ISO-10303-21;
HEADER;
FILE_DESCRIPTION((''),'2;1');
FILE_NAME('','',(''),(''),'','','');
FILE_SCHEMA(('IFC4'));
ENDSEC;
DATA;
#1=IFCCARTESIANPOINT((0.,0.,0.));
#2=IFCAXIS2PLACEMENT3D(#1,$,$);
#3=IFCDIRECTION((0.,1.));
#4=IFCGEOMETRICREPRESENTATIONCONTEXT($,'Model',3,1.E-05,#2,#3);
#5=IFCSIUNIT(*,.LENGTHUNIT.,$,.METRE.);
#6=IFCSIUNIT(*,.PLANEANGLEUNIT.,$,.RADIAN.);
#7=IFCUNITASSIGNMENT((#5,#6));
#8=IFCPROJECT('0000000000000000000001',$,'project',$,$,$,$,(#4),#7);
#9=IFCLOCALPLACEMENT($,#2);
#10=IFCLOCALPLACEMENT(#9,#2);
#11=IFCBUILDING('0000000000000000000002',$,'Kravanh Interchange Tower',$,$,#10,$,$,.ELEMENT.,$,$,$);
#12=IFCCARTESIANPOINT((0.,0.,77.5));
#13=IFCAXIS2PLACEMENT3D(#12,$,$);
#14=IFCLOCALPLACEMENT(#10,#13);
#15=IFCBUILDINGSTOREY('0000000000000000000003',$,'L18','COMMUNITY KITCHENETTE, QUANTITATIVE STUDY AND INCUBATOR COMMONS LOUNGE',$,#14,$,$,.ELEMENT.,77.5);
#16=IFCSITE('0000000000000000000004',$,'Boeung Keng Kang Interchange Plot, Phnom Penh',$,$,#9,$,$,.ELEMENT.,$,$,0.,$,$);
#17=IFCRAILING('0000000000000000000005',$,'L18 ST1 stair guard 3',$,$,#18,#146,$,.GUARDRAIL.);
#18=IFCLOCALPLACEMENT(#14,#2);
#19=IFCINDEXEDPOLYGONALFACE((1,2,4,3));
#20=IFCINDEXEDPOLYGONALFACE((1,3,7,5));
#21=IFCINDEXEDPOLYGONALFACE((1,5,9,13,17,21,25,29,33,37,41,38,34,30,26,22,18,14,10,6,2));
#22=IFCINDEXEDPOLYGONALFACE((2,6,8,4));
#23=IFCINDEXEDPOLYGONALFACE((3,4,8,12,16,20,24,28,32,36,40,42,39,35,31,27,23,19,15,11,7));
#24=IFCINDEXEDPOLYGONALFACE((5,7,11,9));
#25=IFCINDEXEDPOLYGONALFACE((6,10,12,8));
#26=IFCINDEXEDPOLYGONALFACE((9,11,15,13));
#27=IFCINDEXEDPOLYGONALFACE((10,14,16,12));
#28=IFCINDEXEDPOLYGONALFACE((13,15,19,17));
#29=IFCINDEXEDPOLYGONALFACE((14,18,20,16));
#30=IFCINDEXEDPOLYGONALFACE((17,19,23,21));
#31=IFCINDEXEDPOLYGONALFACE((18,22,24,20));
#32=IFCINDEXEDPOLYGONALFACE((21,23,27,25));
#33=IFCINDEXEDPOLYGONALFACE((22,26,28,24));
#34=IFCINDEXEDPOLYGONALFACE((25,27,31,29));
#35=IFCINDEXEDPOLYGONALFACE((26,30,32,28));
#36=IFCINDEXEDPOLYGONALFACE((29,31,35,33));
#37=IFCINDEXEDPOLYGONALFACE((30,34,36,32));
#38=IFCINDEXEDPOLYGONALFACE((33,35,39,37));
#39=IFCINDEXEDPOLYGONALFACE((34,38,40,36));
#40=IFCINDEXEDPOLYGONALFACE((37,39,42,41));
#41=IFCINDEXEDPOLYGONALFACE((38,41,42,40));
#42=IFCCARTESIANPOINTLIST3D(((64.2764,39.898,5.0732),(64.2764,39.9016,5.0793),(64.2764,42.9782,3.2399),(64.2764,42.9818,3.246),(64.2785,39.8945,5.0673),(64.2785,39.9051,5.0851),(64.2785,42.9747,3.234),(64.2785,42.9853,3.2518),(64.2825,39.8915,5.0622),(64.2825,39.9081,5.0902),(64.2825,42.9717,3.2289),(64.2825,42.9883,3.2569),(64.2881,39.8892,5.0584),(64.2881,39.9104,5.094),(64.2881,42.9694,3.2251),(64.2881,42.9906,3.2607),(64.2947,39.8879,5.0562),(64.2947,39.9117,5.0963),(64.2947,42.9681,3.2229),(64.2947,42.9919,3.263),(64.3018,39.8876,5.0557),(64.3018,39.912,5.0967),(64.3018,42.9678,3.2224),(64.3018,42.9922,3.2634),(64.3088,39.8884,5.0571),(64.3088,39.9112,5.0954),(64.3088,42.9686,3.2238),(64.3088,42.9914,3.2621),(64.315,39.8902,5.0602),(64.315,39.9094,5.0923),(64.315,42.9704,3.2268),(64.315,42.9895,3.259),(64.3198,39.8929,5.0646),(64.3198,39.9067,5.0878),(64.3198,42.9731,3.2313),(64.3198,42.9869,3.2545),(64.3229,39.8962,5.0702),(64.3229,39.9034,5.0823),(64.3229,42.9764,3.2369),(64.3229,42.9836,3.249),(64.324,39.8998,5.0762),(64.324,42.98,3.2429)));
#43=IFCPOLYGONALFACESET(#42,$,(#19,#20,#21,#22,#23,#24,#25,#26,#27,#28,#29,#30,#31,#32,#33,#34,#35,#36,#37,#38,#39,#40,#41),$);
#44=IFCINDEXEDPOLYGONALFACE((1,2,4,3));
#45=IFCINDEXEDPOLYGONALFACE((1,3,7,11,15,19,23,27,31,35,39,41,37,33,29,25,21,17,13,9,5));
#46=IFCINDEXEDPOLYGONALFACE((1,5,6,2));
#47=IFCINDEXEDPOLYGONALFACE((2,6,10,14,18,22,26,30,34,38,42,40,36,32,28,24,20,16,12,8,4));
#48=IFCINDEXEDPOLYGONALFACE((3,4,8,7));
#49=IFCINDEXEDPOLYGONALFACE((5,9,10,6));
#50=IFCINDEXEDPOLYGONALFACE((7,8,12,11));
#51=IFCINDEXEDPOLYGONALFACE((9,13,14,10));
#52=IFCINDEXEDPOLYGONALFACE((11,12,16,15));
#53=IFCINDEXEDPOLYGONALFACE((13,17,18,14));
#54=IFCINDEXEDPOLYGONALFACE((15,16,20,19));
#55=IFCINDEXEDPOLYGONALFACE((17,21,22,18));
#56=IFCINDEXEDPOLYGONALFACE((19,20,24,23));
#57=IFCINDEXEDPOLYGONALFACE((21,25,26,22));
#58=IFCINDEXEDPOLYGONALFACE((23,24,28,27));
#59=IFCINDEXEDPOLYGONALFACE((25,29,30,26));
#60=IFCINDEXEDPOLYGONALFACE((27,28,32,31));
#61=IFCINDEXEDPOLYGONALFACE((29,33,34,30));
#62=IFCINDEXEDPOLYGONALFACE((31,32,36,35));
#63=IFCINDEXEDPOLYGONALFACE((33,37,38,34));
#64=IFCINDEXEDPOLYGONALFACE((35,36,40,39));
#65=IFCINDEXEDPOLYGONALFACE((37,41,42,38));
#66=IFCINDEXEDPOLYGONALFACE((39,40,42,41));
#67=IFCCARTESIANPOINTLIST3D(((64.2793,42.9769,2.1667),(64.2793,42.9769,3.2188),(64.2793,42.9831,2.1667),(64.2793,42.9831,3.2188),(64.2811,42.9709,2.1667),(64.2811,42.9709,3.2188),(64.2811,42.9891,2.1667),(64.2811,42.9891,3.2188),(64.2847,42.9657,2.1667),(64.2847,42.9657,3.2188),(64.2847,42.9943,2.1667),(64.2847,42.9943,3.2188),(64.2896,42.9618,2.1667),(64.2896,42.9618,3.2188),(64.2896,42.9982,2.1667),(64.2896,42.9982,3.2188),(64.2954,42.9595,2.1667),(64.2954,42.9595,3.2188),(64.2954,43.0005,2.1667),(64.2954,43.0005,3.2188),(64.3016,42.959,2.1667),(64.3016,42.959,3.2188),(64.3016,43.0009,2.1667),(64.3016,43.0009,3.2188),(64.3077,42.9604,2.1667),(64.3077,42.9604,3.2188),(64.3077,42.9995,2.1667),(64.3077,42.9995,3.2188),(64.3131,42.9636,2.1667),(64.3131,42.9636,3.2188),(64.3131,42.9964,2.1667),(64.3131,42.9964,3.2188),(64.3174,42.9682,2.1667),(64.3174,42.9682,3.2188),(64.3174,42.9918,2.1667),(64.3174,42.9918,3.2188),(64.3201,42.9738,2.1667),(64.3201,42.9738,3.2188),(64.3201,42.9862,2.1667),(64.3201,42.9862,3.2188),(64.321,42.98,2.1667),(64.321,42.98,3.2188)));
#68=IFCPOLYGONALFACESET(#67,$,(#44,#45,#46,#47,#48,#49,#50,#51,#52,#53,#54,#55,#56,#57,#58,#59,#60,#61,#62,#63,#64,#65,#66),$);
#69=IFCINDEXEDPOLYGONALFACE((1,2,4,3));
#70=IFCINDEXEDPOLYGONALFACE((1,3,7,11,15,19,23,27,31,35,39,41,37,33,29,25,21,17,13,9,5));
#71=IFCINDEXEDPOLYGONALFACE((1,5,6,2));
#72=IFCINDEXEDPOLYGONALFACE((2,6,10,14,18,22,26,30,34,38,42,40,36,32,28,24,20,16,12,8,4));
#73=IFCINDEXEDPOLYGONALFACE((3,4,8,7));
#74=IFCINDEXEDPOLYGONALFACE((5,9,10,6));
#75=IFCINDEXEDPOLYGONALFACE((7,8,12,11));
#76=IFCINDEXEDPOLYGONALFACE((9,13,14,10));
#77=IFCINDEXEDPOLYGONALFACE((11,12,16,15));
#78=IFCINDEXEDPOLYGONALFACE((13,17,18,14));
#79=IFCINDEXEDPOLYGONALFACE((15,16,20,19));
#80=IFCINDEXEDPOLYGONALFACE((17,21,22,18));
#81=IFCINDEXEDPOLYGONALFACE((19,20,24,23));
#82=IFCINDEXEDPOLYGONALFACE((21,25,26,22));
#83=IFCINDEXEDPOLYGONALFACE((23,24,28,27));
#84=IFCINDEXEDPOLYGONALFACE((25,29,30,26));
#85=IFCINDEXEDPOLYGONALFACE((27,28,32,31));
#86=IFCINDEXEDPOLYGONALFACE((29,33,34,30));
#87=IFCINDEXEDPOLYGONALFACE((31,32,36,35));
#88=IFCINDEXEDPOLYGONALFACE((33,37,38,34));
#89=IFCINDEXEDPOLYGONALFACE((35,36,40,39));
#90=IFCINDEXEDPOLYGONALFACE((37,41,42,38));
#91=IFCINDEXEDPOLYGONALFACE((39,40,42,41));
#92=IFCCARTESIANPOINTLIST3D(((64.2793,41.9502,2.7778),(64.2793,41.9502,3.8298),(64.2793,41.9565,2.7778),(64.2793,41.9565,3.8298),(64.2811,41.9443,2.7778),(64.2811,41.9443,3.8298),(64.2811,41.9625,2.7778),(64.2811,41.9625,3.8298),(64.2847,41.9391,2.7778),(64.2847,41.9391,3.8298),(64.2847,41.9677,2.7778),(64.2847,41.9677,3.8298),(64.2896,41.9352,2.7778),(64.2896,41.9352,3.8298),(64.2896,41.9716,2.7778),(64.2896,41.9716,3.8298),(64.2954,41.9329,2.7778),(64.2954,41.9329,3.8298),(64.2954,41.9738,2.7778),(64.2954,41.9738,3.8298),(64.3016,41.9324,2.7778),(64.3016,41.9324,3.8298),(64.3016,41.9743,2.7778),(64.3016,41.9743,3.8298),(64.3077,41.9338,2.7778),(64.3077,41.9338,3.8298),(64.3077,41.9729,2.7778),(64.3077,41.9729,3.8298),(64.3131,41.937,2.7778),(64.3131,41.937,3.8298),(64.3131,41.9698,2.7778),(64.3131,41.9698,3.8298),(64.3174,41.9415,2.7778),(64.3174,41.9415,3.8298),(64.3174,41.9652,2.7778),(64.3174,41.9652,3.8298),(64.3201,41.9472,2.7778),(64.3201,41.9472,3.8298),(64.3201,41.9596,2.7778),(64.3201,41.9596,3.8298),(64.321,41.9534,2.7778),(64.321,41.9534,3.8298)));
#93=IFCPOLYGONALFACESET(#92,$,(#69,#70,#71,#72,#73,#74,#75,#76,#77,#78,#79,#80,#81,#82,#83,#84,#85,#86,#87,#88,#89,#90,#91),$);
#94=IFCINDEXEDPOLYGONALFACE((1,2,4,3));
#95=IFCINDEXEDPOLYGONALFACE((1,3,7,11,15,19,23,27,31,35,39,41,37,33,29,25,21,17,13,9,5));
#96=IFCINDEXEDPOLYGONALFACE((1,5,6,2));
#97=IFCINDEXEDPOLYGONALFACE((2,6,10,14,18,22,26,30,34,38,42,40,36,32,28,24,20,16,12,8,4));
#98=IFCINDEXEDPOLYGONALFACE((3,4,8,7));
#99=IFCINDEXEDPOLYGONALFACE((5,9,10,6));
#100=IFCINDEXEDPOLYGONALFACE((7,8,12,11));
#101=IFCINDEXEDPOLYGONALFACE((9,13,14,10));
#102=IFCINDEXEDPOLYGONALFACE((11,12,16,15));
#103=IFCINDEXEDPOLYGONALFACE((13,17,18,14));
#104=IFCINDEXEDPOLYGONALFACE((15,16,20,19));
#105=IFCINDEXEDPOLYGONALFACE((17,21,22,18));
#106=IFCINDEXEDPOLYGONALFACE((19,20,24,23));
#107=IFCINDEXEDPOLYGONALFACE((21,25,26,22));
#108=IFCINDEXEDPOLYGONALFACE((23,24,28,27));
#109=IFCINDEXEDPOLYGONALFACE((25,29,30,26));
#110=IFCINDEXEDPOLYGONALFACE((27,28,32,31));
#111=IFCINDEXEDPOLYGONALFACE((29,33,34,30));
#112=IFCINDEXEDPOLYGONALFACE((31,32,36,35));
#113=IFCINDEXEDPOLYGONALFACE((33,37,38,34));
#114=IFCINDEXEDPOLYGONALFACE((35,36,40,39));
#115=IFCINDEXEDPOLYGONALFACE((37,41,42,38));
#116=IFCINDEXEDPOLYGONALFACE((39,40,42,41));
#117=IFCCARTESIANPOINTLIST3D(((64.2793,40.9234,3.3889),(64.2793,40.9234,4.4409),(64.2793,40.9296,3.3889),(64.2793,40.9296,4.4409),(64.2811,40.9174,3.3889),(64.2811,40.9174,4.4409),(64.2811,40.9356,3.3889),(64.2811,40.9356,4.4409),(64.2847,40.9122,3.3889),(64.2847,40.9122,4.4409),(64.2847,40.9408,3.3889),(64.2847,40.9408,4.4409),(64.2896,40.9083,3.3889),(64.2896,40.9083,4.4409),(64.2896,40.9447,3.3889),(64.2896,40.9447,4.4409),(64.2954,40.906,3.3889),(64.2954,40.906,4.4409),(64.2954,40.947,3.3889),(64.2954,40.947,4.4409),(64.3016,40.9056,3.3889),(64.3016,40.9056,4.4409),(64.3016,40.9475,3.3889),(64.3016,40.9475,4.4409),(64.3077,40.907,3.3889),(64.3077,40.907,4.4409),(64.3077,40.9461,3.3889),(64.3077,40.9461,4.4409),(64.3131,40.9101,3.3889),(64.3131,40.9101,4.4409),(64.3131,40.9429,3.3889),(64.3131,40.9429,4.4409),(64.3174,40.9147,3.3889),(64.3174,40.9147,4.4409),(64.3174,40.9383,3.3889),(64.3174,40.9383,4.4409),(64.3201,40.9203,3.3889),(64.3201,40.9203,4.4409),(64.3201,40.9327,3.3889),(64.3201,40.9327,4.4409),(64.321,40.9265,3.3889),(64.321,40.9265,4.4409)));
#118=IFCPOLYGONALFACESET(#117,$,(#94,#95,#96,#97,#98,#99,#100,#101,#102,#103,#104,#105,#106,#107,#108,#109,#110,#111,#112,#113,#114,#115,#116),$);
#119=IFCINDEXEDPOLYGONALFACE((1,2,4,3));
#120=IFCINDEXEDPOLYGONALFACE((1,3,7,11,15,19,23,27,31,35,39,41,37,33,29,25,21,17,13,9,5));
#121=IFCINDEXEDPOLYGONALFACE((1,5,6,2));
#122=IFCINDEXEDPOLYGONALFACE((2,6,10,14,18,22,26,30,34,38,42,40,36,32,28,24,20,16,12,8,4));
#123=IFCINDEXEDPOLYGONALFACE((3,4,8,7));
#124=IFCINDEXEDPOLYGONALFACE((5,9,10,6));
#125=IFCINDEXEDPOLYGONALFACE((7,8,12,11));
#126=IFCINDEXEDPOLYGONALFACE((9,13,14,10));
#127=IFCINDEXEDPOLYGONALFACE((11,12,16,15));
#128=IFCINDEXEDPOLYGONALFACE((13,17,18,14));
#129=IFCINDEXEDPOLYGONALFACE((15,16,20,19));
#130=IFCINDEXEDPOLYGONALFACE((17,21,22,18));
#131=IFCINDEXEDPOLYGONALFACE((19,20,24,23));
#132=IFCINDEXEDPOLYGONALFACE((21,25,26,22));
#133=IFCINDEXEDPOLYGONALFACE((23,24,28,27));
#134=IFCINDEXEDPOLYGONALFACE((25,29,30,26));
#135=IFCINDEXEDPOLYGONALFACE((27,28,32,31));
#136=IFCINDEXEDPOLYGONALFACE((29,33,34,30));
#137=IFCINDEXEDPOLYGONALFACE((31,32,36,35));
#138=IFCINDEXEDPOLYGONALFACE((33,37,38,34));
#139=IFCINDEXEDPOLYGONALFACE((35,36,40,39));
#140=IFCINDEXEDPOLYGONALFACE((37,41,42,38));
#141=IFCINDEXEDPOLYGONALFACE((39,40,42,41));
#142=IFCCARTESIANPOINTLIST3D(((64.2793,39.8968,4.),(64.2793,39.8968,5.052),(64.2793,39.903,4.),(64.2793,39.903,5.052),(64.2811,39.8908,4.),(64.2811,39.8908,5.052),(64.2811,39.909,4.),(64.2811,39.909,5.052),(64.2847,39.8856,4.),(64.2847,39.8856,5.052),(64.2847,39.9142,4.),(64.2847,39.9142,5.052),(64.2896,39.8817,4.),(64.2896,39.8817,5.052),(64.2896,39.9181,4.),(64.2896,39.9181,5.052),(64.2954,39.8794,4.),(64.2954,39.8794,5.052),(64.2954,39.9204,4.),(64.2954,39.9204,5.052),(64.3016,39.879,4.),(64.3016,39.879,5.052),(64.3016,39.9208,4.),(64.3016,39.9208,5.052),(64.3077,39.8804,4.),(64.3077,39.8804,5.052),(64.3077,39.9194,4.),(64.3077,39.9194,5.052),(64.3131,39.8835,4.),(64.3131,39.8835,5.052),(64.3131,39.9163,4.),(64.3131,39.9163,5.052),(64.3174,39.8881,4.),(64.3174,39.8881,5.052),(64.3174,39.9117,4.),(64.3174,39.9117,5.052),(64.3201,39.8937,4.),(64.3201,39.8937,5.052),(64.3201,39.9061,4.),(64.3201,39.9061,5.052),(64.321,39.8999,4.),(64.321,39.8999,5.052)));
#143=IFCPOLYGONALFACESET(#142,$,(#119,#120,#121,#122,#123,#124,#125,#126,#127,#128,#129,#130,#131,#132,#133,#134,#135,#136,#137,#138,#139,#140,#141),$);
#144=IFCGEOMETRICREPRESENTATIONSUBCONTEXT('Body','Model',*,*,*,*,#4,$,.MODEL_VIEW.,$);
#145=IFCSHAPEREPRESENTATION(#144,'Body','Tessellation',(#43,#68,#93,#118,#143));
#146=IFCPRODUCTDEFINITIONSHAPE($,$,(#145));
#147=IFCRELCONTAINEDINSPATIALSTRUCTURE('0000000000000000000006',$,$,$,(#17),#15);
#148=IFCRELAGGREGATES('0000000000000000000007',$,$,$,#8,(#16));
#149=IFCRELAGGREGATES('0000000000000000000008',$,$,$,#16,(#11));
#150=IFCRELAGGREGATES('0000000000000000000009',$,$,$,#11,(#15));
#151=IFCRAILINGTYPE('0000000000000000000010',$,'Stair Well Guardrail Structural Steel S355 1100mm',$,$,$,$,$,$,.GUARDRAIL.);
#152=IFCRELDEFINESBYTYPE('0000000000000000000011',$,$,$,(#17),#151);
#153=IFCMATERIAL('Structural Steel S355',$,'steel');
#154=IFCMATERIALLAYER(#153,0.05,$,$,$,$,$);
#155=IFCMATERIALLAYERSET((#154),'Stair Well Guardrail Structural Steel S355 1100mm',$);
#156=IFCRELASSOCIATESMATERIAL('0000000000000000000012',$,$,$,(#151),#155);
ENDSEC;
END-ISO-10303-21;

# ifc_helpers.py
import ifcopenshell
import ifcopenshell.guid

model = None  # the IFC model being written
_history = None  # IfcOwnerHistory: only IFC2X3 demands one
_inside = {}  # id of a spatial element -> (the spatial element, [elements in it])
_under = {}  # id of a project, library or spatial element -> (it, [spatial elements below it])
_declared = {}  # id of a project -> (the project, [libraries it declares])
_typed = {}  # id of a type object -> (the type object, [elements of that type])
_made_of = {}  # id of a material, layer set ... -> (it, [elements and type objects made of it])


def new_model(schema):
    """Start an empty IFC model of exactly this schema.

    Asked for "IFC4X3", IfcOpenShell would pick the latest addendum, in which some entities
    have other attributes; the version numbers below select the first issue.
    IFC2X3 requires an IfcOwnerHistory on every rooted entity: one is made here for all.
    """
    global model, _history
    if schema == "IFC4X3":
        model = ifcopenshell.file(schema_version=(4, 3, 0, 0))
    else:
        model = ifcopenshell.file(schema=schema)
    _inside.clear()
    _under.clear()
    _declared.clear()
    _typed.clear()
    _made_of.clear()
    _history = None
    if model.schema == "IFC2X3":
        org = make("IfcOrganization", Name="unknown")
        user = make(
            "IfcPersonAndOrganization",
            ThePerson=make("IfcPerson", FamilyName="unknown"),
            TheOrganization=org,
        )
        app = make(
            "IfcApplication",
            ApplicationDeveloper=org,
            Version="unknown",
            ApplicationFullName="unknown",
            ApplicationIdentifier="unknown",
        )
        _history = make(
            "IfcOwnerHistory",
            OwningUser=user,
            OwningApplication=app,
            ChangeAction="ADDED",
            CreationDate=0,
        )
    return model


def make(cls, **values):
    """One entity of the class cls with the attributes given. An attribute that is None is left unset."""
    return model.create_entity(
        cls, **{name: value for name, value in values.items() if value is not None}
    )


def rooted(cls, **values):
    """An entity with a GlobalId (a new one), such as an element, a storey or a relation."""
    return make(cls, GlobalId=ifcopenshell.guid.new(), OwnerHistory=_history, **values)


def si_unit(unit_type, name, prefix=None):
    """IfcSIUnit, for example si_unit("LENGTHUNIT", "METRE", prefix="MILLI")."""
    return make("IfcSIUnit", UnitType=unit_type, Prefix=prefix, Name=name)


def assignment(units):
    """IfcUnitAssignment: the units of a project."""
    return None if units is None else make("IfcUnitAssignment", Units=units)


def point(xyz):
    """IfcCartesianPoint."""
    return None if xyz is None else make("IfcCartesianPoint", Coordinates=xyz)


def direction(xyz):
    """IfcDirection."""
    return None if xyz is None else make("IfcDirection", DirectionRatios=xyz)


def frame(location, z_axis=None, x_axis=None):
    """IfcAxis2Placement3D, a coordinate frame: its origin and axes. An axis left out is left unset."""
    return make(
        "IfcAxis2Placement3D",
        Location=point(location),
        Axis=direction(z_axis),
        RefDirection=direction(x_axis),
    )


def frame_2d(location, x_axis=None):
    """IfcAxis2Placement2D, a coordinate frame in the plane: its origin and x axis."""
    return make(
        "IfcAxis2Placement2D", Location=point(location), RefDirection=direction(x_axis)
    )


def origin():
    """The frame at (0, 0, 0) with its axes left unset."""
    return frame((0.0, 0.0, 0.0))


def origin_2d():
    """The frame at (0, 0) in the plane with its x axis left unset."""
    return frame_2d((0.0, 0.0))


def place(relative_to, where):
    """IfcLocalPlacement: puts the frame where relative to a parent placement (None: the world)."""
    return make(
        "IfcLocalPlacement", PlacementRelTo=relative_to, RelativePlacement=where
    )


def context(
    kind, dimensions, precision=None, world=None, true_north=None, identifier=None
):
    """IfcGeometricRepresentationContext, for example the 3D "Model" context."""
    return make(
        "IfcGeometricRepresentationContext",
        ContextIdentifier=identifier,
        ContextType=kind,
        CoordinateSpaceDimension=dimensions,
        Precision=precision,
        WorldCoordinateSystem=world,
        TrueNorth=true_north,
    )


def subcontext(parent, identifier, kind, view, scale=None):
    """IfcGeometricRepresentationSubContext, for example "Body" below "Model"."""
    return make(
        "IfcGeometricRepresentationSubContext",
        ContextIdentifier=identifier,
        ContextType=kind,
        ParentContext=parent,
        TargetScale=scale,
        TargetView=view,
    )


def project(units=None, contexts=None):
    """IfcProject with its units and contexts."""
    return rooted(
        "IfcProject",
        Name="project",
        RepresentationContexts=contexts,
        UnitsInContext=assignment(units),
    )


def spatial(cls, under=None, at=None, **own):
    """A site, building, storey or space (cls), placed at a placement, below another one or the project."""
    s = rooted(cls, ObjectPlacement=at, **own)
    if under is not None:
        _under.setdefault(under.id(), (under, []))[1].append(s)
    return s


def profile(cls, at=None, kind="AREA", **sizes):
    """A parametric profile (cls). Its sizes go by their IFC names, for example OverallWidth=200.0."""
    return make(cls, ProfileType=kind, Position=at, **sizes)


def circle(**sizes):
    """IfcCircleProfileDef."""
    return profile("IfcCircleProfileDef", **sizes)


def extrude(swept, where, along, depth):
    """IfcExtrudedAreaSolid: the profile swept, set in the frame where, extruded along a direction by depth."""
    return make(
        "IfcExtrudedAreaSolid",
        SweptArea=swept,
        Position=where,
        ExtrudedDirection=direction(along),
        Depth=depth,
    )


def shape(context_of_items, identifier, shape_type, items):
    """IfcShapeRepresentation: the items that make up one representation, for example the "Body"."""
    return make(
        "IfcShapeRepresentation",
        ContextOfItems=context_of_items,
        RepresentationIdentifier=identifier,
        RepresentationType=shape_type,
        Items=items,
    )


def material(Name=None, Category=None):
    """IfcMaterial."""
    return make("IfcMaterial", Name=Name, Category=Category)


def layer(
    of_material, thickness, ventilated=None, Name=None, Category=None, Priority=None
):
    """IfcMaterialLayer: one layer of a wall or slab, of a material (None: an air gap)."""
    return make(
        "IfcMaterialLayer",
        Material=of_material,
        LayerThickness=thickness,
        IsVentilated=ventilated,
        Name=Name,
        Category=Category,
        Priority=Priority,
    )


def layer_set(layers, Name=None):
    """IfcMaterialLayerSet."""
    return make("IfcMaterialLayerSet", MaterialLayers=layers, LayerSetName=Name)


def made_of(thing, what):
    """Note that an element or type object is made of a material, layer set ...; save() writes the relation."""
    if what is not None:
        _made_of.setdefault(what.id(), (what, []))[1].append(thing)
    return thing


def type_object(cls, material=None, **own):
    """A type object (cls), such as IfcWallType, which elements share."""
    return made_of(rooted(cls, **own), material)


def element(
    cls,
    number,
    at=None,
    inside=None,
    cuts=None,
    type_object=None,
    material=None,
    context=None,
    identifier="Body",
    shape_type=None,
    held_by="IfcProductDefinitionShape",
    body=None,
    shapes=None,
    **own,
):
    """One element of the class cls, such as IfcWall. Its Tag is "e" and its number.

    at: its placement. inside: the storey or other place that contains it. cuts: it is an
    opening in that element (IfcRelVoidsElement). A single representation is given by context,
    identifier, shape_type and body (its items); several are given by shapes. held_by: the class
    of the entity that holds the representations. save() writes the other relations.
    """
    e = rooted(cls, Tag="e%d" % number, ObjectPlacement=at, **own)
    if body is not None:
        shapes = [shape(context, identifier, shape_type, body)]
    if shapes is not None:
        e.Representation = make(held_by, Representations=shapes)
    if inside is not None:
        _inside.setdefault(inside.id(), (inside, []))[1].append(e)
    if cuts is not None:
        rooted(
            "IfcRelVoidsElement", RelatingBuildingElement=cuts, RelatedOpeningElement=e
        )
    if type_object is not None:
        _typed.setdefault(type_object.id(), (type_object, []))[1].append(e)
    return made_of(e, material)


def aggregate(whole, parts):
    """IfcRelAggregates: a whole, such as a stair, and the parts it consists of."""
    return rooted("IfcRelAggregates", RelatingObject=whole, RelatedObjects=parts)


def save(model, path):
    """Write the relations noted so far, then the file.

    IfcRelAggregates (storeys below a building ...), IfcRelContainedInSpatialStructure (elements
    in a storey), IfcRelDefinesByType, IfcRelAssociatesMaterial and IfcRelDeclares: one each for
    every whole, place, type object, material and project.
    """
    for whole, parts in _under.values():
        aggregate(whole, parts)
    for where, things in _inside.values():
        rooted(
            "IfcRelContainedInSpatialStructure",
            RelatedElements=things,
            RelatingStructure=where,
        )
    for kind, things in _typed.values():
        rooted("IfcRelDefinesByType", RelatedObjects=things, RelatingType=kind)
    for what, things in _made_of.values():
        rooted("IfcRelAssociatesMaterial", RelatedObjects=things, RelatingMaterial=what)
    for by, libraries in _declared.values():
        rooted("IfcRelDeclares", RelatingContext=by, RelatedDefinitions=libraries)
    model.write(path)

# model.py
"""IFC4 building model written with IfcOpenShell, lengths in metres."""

from ifc_helpers import new_model, si_unit, direction, frame, origin, origin_2d, place, context, subcontext, project, spatial, circle, extrude, material, layer, layer_set, type_object, element, save


model = new_model("IFC4")

# Units and contexts
model_context = context("Model", 3, precision=1e-05, world=origin(), true_north=direction((0.0, 1.0)))
body_context = subcontext(model_context, "Body", "Model", "MODEL_VIEW")
ifc_project = project(units=[si_unit("LENGTHUNIT", "METRE"), si_unit("PLANEANGLEUNIT", "RADIAN")], contexts=[model_context])

# Site, building, storey
site_placement = place(None, origin())
site = spatial("IfcSite", under=ifc_project, at=site_placement, Name="Boeung Keng Kang Interchange Plot, Phnom Penh", CompositionType="ELEMENT", RefElevation=0.0)
building_placement = place(site_placement, origin())
building = spatial("IfcBuilding", under=site, at=building_placement, Name="Kravanh Interchange Tower", CompositionType="ELEMENT")
storey_placement = place(building_placement, frame((0.0, 0.0, 77.5)))
storey = spatial("IfcBuildingStorey", under=building, at=storey_placement, Name="L18", Description="COMMUNITY KITCHENETTE, QUANTITATIVE STUDY AND INCUBATOR COMMONS LOUNGE", CompositionType="ELEMENT", Elevation=77.5)

# Railing
ifc_material_1 = material(Name="Structural Steel S355", Category="steel")
ifc_layer_1 = layer(ifc_material_1, 0.05)
ifc_layer_set_1 = layer_set([ifc_layer_1], Name="Stair Well Guardrail Structural Steel S355 1100mm")
railing_type_1 = type_object("IfcRailingType", Name="Stair Well Guardrail Structural Steel S355 1100mm", PredefinedType="GUARDRAIL", material=ifc_layer_set_1)
railing_1_placement = place(storey_placement, frame((64.3, 42.98, 2.1667)))
element("IfcRailing", 1, at=railing_1_placement, inside=storey, type_object=railing_type_1, Name="L18 ST1 stair guard 3", PredefinedType="GUARDRAIL", context=body_context, shape_type="SweptSolid", body=[
    extrude(circle(Radius=0.0239, at=origin_2d()), frame((0.0, 0.0, 1.0762), z_axis=(0.0, -0.859309, 0.511458), x_axis=(1.0, 0.0, 0.0)), (0.0, 0.0, 1.0), 3.5845),
    extrude(circle(Radius=0.021, at=origin_2d()), origin(), (0.0, 0.0, 1.0), 1.052),
    extrude(circle(Radius=0.021, at=origin_2d()), frame((0.0, -1.0266, 0.6111)), (0.0, 0.0, 1.0), 1.052),
    extrude(circle(Radius=0.021, at=origin_2d()), frame((0.0, -2.0535, 1.2222)), (0.0, 0.0, 1.0), 1.052),
    extrude(circle(Radius=0.021, at=origin_2d()), frame((0.0, -3.0801, 1.8333)), (0.0, 0.0, 1.0), 1.052),
])

save(model, "model.ifc")
